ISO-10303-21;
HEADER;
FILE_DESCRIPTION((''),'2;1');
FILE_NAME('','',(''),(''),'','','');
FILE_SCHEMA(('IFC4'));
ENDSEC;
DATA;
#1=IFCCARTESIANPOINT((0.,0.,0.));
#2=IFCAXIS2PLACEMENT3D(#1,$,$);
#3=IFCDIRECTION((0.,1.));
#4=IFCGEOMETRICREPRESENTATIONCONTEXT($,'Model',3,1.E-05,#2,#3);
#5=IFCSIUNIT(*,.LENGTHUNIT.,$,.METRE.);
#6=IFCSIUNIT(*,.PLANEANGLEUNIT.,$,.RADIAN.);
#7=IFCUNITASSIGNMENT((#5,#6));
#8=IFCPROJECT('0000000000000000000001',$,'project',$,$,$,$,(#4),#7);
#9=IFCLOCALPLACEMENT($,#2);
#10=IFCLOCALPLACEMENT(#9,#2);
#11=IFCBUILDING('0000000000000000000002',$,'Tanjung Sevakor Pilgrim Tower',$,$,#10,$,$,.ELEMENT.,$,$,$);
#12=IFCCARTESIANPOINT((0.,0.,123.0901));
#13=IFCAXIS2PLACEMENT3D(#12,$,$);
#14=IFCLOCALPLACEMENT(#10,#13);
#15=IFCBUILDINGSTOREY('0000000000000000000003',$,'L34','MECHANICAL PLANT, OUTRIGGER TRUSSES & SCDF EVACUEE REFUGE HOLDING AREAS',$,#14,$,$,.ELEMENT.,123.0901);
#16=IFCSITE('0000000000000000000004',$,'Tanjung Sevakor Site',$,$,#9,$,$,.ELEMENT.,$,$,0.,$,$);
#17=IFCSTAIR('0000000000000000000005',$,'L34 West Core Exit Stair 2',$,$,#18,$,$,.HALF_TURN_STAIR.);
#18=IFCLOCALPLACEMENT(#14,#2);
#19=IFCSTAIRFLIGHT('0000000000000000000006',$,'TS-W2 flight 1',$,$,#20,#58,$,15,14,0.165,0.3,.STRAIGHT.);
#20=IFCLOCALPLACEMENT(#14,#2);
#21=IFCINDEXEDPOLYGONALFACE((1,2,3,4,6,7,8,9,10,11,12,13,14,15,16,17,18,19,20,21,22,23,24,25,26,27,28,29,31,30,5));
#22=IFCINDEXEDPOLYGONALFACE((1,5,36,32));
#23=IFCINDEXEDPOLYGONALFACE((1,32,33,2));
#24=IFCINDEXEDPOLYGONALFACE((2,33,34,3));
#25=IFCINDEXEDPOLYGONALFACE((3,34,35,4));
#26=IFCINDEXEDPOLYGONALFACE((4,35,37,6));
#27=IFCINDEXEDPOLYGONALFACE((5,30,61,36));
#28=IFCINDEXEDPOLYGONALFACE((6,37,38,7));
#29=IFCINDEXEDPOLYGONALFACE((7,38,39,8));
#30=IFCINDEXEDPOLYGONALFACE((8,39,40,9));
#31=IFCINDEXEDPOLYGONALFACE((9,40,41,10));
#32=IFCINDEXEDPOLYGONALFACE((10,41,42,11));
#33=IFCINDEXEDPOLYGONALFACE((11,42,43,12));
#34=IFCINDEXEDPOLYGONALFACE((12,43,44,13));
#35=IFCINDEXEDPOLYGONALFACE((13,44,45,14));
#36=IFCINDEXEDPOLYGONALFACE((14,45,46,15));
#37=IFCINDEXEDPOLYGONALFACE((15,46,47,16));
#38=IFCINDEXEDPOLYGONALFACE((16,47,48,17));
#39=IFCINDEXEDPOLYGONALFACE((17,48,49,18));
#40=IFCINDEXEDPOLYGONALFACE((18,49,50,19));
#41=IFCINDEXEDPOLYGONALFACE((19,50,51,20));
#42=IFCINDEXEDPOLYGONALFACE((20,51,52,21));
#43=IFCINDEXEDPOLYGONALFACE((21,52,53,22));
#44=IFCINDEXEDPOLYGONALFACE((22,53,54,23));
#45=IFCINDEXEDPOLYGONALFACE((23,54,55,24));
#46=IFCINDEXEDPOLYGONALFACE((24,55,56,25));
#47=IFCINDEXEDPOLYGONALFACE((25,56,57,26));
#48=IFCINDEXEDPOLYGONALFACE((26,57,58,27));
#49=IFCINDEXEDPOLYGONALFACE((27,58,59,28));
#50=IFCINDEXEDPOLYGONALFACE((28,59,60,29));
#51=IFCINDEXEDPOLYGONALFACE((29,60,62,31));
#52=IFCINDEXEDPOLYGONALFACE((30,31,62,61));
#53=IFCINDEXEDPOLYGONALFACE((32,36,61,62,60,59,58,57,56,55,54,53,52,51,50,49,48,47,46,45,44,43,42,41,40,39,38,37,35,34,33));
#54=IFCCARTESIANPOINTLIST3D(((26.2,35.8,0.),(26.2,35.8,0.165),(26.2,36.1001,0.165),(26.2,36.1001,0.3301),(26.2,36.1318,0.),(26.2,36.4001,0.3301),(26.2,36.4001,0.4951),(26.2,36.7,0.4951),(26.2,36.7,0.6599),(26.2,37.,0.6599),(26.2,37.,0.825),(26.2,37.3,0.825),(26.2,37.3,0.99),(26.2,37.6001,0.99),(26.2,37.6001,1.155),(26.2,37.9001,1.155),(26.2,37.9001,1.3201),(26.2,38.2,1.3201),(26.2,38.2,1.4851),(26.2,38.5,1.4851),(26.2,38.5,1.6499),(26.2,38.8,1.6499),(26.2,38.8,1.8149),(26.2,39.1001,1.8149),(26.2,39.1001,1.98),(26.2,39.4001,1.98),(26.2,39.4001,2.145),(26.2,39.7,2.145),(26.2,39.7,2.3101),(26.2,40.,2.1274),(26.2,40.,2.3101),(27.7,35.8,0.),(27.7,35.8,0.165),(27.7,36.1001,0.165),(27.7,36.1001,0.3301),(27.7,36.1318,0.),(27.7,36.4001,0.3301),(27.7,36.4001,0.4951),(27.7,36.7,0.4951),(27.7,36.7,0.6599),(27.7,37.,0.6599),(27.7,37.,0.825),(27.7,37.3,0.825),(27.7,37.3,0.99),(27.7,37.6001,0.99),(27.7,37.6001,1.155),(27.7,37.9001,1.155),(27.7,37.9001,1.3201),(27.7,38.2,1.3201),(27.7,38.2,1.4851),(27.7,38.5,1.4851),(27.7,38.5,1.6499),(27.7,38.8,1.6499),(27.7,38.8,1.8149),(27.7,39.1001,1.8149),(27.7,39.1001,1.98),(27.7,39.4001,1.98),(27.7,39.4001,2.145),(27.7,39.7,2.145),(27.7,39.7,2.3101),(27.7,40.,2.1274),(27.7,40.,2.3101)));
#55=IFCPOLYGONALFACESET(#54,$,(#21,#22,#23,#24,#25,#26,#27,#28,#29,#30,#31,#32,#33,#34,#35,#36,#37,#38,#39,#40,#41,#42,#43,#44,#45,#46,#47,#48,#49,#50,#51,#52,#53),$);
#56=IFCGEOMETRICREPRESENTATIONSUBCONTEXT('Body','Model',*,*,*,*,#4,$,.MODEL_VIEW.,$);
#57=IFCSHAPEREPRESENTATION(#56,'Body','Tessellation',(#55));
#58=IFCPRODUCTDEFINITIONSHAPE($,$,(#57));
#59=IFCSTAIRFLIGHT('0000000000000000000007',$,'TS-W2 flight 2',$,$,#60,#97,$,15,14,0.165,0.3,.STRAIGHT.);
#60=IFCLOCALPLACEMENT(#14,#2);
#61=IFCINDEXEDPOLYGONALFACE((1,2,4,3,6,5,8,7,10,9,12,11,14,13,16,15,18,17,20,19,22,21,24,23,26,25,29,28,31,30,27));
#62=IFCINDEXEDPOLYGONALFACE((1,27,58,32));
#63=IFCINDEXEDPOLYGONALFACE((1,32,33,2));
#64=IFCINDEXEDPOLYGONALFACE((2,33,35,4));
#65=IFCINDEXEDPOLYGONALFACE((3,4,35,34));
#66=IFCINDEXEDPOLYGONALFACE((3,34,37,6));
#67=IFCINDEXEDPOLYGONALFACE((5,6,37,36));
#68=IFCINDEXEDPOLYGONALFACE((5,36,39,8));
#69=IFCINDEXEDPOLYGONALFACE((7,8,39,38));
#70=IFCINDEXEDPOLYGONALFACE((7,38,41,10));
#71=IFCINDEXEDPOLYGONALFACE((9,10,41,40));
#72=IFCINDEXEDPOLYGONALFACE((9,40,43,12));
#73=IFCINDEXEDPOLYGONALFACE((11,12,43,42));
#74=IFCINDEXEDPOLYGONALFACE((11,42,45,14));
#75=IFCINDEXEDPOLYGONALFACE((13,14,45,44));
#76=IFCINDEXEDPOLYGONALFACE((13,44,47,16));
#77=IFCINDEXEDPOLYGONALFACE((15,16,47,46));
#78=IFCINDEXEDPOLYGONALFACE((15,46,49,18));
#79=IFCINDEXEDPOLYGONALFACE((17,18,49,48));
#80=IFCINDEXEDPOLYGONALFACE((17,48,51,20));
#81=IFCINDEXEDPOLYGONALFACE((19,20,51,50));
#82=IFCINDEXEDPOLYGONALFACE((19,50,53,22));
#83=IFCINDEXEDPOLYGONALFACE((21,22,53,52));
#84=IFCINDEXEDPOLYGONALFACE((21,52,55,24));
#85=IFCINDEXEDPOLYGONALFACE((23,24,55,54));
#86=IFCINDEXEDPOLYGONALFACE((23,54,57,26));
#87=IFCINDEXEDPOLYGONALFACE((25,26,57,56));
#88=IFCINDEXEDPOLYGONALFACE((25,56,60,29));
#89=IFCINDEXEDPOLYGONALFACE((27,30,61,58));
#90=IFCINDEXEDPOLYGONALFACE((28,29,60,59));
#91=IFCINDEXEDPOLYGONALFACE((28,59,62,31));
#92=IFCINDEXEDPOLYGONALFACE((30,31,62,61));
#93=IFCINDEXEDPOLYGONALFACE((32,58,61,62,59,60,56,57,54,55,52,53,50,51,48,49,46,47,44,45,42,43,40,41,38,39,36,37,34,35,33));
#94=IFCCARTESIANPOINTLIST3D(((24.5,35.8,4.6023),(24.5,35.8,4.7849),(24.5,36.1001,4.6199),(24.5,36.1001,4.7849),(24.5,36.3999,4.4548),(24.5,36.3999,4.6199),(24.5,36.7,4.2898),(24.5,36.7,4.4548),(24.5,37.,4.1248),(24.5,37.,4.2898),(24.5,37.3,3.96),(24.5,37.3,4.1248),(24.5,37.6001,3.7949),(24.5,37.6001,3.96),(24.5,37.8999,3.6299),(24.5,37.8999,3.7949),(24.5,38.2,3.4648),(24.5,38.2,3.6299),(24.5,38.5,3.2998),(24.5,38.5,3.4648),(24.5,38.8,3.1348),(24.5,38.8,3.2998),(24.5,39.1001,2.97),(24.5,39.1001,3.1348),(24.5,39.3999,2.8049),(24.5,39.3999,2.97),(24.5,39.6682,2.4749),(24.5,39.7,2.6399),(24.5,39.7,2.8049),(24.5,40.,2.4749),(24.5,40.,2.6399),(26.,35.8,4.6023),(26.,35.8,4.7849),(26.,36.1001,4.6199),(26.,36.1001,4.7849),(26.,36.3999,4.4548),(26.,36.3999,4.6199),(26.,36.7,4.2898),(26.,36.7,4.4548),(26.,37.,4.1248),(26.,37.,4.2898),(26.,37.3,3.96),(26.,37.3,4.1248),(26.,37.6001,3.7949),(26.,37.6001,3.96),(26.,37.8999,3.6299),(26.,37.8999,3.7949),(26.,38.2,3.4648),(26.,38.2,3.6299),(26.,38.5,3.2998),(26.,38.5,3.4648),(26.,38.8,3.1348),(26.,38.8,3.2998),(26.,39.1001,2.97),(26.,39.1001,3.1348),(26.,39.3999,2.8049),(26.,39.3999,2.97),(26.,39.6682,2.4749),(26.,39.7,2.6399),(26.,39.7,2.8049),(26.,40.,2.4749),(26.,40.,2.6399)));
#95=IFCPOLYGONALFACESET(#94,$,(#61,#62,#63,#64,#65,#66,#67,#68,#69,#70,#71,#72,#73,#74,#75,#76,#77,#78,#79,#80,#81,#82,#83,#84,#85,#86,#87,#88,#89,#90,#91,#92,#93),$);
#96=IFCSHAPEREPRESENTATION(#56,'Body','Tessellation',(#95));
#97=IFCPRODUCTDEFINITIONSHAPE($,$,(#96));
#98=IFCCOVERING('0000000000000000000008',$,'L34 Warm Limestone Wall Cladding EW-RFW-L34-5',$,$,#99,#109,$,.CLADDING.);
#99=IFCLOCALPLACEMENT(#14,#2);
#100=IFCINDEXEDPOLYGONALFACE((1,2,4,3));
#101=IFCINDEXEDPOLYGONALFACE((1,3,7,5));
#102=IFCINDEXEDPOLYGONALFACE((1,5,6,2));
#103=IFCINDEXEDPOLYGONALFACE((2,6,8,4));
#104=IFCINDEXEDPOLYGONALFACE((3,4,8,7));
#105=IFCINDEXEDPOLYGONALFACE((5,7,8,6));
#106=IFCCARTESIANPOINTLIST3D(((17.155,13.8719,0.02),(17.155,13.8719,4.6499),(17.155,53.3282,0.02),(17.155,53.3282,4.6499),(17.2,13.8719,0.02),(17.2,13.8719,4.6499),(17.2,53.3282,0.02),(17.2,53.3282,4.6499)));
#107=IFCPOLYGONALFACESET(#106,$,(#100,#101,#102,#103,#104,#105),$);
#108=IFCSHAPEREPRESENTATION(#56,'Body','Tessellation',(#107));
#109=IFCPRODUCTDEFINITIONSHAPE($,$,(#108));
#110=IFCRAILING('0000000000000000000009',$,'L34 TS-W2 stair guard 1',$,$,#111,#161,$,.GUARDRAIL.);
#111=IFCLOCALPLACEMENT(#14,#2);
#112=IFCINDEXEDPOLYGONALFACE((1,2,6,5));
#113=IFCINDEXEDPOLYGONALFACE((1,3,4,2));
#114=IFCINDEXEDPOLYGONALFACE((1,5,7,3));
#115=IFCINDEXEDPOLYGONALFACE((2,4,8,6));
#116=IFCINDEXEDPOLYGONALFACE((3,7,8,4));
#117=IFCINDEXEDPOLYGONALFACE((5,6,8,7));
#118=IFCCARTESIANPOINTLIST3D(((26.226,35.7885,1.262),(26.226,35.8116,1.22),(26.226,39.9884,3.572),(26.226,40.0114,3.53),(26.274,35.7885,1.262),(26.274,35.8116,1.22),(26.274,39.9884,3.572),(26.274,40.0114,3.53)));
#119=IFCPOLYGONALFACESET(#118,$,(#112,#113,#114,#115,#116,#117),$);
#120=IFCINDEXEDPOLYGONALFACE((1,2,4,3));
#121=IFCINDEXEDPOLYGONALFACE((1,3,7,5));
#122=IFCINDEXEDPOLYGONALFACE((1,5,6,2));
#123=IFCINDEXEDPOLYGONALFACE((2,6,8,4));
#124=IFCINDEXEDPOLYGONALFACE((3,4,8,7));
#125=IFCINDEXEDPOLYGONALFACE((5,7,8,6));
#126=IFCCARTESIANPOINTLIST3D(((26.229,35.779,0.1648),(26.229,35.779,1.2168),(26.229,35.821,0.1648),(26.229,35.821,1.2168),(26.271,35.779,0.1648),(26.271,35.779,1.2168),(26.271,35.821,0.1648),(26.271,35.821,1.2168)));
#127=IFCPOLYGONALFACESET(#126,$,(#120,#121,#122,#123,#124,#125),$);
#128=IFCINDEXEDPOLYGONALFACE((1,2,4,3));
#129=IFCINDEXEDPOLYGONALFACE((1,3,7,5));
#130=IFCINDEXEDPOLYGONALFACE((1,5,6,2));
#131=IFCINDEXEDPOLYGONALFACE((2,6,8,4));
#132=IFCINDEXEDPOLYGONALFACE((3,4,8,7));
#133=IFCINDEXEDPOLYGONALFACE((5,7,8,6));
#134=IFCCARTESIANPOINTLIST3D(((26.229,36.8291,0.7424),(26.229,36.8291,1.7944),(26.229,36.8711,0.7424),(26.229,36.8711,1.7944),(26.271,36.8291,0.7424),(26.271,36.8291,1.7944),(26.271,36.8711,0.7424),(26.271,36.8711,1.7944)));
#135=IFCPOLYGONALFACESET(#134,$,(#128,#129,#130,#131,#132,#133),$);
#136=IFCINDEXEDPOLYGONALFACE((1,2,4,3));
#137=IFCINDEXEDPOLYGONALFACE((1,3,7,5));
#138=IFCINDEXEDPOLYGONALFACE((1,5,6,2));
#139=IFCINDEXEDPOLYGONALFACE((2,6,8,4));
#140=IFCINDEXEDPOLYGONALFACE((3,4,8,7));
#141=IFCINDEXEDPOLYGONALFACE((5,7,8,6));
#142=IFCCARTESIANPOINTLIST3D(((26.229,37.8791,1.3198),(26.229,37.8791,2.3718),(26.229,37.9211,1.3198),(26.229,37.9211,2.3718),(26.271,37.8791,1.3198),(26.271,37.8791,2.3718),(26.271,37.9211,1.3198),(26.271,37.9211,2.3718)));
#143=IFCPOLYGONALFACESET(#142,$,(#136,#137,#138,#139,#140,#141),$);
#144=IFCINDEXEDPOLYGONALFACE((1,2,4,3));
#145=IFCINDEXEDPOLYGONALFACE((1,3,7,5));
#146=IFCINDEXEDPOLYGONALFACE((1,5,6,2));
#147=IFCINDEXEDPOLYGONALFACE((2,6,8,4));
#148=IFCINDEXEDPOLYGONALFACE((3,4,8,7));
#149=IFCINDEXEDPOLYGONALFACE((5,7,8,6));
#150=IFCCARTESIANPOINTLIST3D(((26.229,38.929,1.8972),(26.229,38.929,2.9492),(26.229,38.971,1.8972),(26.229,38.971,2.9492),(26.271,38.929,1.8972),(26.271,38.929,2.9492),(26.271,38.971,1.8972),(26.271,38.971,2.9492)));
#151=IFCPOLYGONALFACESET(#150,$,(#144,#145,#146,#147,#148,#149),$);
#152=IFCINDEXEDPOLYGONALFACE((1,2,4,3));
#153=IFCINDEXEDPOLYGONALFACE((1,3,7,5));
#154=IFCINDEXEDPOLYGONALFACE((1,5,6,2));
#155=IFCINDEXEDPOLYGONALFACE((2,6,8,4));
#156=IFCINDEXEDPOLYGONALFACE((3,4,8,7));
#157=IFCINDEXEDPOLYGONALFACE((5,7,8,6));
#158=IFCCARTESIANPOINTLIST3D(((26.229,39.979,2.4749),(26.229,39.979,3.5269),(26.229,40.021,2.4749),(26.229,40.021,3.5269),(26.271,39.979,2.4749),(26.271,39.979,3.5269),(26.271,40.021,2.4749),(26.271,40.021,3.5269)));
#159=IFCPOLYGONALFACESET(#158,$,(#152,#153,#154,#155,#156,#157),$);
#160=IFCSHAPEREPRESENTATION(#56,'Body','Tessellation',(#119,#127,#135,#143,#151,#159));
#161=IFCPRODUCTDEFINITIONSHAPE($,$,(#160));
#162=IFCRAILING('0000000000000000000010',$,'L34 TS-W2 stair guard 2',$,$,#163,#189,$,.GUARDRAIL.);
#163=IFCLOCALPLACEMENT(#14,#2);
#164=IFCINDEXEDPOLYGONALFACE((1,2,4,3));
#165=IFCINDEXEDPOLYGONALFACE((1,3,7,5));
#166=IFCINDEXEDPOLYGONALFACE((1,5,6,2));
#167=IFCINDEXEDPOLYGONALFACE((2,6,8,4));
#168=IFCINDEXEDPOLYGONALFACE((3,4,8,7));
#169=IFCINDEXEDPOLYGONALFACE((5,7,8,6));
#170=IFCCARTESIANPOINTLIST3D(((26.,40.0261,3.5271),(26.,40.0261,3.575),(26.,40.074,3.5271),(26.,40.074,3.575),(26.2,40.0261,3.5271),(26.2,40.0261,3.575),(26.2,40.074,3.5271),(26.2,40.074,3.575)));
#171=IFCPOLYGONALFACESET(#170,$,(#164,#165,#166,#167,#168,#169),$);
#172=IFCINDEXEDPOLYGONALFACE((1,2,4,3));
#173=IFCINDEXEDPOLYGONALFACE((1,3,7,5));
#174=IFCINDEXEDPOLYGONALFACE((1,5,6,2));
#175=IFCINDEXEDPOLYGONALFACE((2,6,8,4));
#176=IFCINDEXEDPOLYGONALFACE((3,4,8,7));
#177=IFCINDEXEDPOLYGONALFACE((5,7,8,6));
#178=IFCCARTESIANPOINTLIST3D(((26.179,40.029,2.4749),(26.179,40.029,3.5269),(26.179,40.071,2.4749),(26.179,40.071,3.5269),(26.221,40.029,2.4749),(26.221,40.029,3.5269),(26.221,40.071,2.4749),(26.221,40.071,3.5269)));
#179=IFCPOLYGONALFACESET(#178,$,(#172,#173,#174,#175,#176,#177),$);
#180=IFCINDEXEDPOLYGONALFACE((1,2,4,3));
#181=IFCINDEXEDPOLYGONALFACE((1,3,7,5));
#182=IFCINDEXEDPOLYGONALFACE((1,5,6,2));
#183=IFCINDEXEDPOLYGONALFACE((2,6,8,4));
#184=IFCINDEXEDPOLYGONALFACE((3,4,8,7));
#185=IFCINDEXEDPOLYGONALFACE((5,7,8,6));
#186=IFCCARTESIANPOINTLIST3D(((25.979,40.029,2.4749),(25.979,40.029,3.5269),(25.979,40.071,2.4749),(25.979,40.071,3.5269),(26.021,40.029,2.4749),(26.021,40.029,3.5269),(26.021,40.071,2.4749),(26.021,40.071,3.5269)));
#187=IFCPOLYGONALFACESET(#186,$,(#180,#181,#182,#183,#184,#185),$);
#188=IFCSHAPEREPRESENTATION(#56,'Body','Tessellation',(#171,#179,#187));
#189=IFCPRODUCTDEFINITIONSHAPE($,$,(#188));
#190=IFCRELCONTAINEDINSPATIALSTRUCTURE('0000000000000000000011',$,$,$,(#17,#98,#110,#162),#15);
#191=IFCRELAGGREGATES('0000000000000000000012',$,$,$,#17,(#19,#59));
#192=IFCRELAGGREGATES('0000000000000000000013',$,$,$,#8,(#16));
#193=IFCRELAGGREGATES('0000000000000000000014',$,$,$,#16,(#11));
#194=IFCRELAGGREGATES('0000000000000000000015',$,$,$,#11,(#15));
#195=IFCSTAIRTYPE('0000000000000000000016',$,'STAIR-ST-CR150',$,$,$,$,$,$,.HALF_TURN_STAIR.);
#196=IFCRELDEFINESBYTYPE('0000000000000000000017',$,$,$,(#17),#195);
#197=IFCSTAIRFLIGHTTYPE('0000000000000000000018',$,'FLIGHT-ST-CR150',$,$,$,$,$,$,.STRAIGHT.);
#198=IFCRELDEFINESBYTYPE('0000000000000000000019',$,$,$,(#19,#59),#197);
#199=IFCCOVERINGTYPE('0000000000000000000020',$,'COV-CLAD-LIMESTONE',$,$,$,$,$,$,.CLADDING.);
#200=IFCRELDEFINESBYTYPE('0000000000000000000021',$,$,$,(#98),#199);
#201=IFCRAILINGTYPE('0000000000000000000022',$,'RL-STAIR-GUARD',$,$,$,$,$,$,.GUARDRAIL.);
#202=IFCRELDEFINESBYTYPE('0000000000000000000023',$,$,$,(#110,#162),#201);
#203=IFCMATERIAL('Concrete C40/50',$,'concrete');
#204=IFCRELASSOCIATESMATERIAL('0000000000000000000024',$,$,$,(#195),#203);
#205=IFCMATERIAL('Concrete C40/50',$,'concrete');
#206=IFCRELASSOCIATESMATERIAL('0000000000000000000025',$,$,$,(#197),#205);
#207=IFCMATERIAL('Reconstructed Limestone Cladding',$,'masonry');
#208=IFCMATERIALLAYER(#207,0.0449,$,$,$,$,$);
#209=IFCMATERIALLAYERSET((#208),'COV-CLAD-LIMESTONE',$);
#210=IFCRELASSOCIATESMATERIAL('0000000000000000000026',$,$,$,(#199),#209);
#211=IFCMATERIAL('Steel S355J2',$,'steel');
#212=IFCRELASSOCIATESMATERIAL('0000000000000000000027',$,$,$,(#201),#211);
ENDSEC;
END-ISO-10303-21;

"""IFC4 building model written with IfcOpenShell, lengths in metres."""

from ifc_helpers import new_model, si_unit, direction, frame, origin, origin_2d, place, context, subcontext, project, spatial, polyline, rectangle, outline, extrude, material, layer, layer_set, type_object, element, aggregate, save


model = new_model("IFC4")

# Units and contexts
model_context = context("Model", 3, precision=1e-05, world=origin(), true_north=direction((0.0, 1.0)))
body_context = subcontext(model_context, "Body", "Model", "MODEL_VIEW")
ifc_project = project(units=[si_unit("LENGTHUNIT", "METRE"), si_unit("PLANEANGLEUNIT", "RADIAN")], contexts=[model_context])

# Site, building, storey
site_placement = place(None, origin())
site = spatial("IfcSite", under=ifc_project, at=site_placement, Name="Tanjung Sevakor Site", CompositionType="ELEMENT", RefElevation=0.0)
building_placement = place(site_placement, origin())
building = spatial("IfcBuilding", under=site, at=building_placement, Name="Tanjung Sevakor Pilgrim Tower", CompositionType="ELEMENT")
storey_placement = place(building_placement, frame((0.0, 0.0, 123.0901)))
storey = spatial("IfcBuildingStorey", under=building, at=storey_placement, Name="L34", Description="MECHANICAL PLANT, OUTRIGGER TRUSSES & SCDF EVACUEE REFUGE HOLDING AREAS", CompositionType="ELEMENT", Elevation=123.0901)

# Stair, stair flights
ifc_material_1 = material(Name="Concrete C40/50", Category="concrete")
stair_type = type_object("IfcStairType", Name="STAIR-ST-CR150", PredefinedType="HALF_TURN_STAIR", material=ifc_material_1)
stair_placement = place(storey_placement, origin())
stair = element("IfcStair", 1, at=stair_placement, inside=storey, type_object=stair_type, Name="L34 West Core Exit Stair 2", PredefinedType="HALF_TURN_STAIR")
ifc_material_2 = material(Name="Concrete C40/50", Category="concrete")
stair_flight_type = type_object("IfcStairFlightType", Name="FLIGHT-ST-CR150", PredefinedType="STRAIGHT", material=ifc_material_2)
stair_flight_1_placement = place(storey_placement, frame((26.95, 35.8, 0.0), z_axis=(0.0, 0.0, 1.0), x_axis=(0.0, 1.0, 0.0)))
stair_flight_1 = element("IfcStairFlight", 2, at=stair_flight_1_placement, type_object=stair_flight_type, Name="TS-W2 flight 1", NumberOfRisers=15, NumberOfTreads=14, PredefinedType="STRAIGHT", RiserHeight=0.165, TreadLength=0.3, context=body_context, shape_type="SweptSolid", body=[
    extrude(outline(polyline([(0.0, 0.0), (0.0, 0.165), (0.3, 0.165), (0.3, 0.3301), (0.6001, 0.3301), (0.6001, 0.4951), (0.8999, 0.4951), (0.8999, 0.6599), (1.2, 0.6599), (1.2, 0.825), (1.5, 0.825), (1.5, 0.99), (1.8, 0.99), (1.8, 1.155), (2.1001, 1.155), (2.1001, 1.3201), (2.3999, 1.3201), (2.3999, 1.4851), (2.7, 1.4851), (2.7, 1.6499), (3.0, 1.6499), (3.0, 1.8149), (3.3, 1.8149), (3.3, 1.98), (3.6001, 1.98), (3.6001, 2.145), (3.8999, 2.145), (3.8999, 2.3101), (4.2, 2.3101), (4.2, 2.4751), (4.2, 2.1274), (0.3318, 0.0), (0.0, 0.0)])), frame((0.0, 0.75, 0.0), z_axis=(0.0, -1.0, 0.0), x_axis=(1.0, 0.0, 0.0)), (0.0, 0.0, 1.0), 1.5),
])
stair_flight_2_placement = place(storey_placement, frame((25.25, 40.0, 2.4749), z_axis=(0.0, 0.0, 1.0), x_axis=(0.0, -1.0, 0.0)))
stair_flight_2 = element("IfcStairFlight", 3, at=stair_flight_2_placement, type_object=stair_flight_type, Name="TS-W2 flight 2", NumberOfRisers=15, NumberOfTreads=14, PredefinedType="STRAIGHT", RiserHeight=0.165, TreadLength=0.3, context=body_context, shape_type="SweptSolid", body=[
    extrude(outline(polyline([(0.0, 0.0), (0.0, 0.165), (0.3, 0.165), (0.3, 0.3301), (0.6001, 0.3301), (0.6001, 0.4951), (0.8999, 0.4951), (0.8999, 0.6599), (1.2, 0.6599), (1.2, 0.825), (1.5, 0.825), (1.5, 0.99), (1.8, 0.99), (1.8, 1.155), (2.1001, 1.155), (2.1001, 1.3201), (2.3999, 1.3201), (2.3999, 1.4851), (2.7, 1.4851), (2.7, 1.6499), (3.0, 1.6499), (3.0, 1.8149), (3.3, 1.8149), (3.3, 1.98), (3.6001, 1.98), (3.6001, 2.145), (3.8999, 2.145), (3.8999, 2.3101), (4.2, 2.3101), (4.2, 2.4751), (4.2, 2.1274), (0.3318, 0.0), (0.0, 0.0)])), frame((0.0, 0.75, 0.0), z_axis=(0.0, -1.0, 0.0), x_axis=(1.0, 0.0, 0.0)), (0.0, 0.0, 1.0), 1.5),
])
aggregate(stair, [stair_flight_1, stair_flight_2])

# Covering
ifc_material_3 = material(Name="Reconstructed Limestone Cladding", Category="masonry")
ifc_layer_1 = layer(ifc_material_3, 0.0449)
ifc_layer_set_1 = layer_set([ifc_layer_1], Name="COV-CLAD-LIMESTONE")
covering_type = type_object("IfcCoveringType", Name="COV-CLAD-LIMESTONE", PredefinedType="CLADDING", material=ifc_layer_set_1)
covering_placement = place(storey_placement, frame((17.1775, 33.6001, 0.02), z_axis=(0.0, 0.0, 1.0), x_axis=(0.0, -1.0, 0.0)))
element("IfcCovering", 4, at=covering_placement, inside=storey, type_object=covering_type, Name="L34 Warm Limestone Wall Cladding EW-RFW-L34-5", PredefinedType="CLADDING", context=body_context, shape_type="SweptSolid", body=[
    extrude(rectangle(XDim=39.4563, YDim=0.0449, at=origin_2d()), origin(), (0.0, 0.0, 1.0), 4.6299),
])

# Railings
ifc_material_4 = material(Name="Steel S355J2", Category="steel")
railing_type_1 = type_object("IfcRailingType", Name="RL-STAIR-GUARD", PredefinedType="GUARDRAIL", material=ifc_material_4)
railing_1_placement = place(storey_placement, frame((26.25, 35.8, 0.1648)))
element("IfcRailing", 5, at=railing_1_placement, inside=storey, type_object=railing_type_1, Name="L34 TS-W2 stair guard 1", PredefinedType="GUARDRAIL", context=body_context, shape_type="SweptSolid", body=[
    extrude(rectangle(XDim=0.0479, YDim=0.0479), frame((0.0, 0.0, 1.0762), z_axis=(0.0, 0.876208, 0.481932), x_axis=(-1.0, 0.0, 0.0)), (0.0, 0.0, 1.0), 4.7932),
    extrude(rectangle(XDim=0.042, YDim=0.042), origin(), (0.0, 0.0, 1.0), 1.052),
    extrude(rectangle(XDim=0.042, YDim=0.042), frame((0.0, 1.05, 0.5776)), (0.0, 0.0, 1.0), 1.052),
    extrude(rectangle(XDim=0.042, YDim=0.042), frame((0.0, 2.1001, 1.155)), (0.0, 0.0, 1.0), 1.052),
    extrude(rectangle(XDim=0.042, YDim=0.042), frame((0.0, 3.1499, 1.7324)), (0.0, 0.0, 1.0), 1.052),
    extrude(rectangle(XDim=0.042, YDim=0.042), frame((0.0, 4.2, 2.3101)), (0.0, 0.0, 1.0), 1.052),
])
railing_2_placement = place(storey_placement, frame((26.2, 40.05, 2.4749)))
element("IfcRailing", 6, at=railing_2_placement, inside=storey, type_object=railing_type_1, Name="L34 TS-W2 stair guard 2", PredefinedType="GUARDRAIL", context=body_context, shape_type="SweptSolid", body=[
    extrude(rectangle(XDim=0.0479, YDim=0.0479), frame((0.0, 0.0, 1.0762), z_axis=(-1.0, 0.0, 0.0), x_axis=(0.0, -1.0, 0.0)), (0.0, 0.0, 1.0), 0.2),
    extrude(rectangle(XDim=0.042, YDim=0.042), origin(), (0.0, 0.0, 1.0), 1.052),
    extrude(rectangle(XDim=0.042, YDim=0.042), frame((-0.2, 0.0, 0.0)), (0.0, 0.0, 1.0), 1.052),
])

save(model, "model.ifc")
